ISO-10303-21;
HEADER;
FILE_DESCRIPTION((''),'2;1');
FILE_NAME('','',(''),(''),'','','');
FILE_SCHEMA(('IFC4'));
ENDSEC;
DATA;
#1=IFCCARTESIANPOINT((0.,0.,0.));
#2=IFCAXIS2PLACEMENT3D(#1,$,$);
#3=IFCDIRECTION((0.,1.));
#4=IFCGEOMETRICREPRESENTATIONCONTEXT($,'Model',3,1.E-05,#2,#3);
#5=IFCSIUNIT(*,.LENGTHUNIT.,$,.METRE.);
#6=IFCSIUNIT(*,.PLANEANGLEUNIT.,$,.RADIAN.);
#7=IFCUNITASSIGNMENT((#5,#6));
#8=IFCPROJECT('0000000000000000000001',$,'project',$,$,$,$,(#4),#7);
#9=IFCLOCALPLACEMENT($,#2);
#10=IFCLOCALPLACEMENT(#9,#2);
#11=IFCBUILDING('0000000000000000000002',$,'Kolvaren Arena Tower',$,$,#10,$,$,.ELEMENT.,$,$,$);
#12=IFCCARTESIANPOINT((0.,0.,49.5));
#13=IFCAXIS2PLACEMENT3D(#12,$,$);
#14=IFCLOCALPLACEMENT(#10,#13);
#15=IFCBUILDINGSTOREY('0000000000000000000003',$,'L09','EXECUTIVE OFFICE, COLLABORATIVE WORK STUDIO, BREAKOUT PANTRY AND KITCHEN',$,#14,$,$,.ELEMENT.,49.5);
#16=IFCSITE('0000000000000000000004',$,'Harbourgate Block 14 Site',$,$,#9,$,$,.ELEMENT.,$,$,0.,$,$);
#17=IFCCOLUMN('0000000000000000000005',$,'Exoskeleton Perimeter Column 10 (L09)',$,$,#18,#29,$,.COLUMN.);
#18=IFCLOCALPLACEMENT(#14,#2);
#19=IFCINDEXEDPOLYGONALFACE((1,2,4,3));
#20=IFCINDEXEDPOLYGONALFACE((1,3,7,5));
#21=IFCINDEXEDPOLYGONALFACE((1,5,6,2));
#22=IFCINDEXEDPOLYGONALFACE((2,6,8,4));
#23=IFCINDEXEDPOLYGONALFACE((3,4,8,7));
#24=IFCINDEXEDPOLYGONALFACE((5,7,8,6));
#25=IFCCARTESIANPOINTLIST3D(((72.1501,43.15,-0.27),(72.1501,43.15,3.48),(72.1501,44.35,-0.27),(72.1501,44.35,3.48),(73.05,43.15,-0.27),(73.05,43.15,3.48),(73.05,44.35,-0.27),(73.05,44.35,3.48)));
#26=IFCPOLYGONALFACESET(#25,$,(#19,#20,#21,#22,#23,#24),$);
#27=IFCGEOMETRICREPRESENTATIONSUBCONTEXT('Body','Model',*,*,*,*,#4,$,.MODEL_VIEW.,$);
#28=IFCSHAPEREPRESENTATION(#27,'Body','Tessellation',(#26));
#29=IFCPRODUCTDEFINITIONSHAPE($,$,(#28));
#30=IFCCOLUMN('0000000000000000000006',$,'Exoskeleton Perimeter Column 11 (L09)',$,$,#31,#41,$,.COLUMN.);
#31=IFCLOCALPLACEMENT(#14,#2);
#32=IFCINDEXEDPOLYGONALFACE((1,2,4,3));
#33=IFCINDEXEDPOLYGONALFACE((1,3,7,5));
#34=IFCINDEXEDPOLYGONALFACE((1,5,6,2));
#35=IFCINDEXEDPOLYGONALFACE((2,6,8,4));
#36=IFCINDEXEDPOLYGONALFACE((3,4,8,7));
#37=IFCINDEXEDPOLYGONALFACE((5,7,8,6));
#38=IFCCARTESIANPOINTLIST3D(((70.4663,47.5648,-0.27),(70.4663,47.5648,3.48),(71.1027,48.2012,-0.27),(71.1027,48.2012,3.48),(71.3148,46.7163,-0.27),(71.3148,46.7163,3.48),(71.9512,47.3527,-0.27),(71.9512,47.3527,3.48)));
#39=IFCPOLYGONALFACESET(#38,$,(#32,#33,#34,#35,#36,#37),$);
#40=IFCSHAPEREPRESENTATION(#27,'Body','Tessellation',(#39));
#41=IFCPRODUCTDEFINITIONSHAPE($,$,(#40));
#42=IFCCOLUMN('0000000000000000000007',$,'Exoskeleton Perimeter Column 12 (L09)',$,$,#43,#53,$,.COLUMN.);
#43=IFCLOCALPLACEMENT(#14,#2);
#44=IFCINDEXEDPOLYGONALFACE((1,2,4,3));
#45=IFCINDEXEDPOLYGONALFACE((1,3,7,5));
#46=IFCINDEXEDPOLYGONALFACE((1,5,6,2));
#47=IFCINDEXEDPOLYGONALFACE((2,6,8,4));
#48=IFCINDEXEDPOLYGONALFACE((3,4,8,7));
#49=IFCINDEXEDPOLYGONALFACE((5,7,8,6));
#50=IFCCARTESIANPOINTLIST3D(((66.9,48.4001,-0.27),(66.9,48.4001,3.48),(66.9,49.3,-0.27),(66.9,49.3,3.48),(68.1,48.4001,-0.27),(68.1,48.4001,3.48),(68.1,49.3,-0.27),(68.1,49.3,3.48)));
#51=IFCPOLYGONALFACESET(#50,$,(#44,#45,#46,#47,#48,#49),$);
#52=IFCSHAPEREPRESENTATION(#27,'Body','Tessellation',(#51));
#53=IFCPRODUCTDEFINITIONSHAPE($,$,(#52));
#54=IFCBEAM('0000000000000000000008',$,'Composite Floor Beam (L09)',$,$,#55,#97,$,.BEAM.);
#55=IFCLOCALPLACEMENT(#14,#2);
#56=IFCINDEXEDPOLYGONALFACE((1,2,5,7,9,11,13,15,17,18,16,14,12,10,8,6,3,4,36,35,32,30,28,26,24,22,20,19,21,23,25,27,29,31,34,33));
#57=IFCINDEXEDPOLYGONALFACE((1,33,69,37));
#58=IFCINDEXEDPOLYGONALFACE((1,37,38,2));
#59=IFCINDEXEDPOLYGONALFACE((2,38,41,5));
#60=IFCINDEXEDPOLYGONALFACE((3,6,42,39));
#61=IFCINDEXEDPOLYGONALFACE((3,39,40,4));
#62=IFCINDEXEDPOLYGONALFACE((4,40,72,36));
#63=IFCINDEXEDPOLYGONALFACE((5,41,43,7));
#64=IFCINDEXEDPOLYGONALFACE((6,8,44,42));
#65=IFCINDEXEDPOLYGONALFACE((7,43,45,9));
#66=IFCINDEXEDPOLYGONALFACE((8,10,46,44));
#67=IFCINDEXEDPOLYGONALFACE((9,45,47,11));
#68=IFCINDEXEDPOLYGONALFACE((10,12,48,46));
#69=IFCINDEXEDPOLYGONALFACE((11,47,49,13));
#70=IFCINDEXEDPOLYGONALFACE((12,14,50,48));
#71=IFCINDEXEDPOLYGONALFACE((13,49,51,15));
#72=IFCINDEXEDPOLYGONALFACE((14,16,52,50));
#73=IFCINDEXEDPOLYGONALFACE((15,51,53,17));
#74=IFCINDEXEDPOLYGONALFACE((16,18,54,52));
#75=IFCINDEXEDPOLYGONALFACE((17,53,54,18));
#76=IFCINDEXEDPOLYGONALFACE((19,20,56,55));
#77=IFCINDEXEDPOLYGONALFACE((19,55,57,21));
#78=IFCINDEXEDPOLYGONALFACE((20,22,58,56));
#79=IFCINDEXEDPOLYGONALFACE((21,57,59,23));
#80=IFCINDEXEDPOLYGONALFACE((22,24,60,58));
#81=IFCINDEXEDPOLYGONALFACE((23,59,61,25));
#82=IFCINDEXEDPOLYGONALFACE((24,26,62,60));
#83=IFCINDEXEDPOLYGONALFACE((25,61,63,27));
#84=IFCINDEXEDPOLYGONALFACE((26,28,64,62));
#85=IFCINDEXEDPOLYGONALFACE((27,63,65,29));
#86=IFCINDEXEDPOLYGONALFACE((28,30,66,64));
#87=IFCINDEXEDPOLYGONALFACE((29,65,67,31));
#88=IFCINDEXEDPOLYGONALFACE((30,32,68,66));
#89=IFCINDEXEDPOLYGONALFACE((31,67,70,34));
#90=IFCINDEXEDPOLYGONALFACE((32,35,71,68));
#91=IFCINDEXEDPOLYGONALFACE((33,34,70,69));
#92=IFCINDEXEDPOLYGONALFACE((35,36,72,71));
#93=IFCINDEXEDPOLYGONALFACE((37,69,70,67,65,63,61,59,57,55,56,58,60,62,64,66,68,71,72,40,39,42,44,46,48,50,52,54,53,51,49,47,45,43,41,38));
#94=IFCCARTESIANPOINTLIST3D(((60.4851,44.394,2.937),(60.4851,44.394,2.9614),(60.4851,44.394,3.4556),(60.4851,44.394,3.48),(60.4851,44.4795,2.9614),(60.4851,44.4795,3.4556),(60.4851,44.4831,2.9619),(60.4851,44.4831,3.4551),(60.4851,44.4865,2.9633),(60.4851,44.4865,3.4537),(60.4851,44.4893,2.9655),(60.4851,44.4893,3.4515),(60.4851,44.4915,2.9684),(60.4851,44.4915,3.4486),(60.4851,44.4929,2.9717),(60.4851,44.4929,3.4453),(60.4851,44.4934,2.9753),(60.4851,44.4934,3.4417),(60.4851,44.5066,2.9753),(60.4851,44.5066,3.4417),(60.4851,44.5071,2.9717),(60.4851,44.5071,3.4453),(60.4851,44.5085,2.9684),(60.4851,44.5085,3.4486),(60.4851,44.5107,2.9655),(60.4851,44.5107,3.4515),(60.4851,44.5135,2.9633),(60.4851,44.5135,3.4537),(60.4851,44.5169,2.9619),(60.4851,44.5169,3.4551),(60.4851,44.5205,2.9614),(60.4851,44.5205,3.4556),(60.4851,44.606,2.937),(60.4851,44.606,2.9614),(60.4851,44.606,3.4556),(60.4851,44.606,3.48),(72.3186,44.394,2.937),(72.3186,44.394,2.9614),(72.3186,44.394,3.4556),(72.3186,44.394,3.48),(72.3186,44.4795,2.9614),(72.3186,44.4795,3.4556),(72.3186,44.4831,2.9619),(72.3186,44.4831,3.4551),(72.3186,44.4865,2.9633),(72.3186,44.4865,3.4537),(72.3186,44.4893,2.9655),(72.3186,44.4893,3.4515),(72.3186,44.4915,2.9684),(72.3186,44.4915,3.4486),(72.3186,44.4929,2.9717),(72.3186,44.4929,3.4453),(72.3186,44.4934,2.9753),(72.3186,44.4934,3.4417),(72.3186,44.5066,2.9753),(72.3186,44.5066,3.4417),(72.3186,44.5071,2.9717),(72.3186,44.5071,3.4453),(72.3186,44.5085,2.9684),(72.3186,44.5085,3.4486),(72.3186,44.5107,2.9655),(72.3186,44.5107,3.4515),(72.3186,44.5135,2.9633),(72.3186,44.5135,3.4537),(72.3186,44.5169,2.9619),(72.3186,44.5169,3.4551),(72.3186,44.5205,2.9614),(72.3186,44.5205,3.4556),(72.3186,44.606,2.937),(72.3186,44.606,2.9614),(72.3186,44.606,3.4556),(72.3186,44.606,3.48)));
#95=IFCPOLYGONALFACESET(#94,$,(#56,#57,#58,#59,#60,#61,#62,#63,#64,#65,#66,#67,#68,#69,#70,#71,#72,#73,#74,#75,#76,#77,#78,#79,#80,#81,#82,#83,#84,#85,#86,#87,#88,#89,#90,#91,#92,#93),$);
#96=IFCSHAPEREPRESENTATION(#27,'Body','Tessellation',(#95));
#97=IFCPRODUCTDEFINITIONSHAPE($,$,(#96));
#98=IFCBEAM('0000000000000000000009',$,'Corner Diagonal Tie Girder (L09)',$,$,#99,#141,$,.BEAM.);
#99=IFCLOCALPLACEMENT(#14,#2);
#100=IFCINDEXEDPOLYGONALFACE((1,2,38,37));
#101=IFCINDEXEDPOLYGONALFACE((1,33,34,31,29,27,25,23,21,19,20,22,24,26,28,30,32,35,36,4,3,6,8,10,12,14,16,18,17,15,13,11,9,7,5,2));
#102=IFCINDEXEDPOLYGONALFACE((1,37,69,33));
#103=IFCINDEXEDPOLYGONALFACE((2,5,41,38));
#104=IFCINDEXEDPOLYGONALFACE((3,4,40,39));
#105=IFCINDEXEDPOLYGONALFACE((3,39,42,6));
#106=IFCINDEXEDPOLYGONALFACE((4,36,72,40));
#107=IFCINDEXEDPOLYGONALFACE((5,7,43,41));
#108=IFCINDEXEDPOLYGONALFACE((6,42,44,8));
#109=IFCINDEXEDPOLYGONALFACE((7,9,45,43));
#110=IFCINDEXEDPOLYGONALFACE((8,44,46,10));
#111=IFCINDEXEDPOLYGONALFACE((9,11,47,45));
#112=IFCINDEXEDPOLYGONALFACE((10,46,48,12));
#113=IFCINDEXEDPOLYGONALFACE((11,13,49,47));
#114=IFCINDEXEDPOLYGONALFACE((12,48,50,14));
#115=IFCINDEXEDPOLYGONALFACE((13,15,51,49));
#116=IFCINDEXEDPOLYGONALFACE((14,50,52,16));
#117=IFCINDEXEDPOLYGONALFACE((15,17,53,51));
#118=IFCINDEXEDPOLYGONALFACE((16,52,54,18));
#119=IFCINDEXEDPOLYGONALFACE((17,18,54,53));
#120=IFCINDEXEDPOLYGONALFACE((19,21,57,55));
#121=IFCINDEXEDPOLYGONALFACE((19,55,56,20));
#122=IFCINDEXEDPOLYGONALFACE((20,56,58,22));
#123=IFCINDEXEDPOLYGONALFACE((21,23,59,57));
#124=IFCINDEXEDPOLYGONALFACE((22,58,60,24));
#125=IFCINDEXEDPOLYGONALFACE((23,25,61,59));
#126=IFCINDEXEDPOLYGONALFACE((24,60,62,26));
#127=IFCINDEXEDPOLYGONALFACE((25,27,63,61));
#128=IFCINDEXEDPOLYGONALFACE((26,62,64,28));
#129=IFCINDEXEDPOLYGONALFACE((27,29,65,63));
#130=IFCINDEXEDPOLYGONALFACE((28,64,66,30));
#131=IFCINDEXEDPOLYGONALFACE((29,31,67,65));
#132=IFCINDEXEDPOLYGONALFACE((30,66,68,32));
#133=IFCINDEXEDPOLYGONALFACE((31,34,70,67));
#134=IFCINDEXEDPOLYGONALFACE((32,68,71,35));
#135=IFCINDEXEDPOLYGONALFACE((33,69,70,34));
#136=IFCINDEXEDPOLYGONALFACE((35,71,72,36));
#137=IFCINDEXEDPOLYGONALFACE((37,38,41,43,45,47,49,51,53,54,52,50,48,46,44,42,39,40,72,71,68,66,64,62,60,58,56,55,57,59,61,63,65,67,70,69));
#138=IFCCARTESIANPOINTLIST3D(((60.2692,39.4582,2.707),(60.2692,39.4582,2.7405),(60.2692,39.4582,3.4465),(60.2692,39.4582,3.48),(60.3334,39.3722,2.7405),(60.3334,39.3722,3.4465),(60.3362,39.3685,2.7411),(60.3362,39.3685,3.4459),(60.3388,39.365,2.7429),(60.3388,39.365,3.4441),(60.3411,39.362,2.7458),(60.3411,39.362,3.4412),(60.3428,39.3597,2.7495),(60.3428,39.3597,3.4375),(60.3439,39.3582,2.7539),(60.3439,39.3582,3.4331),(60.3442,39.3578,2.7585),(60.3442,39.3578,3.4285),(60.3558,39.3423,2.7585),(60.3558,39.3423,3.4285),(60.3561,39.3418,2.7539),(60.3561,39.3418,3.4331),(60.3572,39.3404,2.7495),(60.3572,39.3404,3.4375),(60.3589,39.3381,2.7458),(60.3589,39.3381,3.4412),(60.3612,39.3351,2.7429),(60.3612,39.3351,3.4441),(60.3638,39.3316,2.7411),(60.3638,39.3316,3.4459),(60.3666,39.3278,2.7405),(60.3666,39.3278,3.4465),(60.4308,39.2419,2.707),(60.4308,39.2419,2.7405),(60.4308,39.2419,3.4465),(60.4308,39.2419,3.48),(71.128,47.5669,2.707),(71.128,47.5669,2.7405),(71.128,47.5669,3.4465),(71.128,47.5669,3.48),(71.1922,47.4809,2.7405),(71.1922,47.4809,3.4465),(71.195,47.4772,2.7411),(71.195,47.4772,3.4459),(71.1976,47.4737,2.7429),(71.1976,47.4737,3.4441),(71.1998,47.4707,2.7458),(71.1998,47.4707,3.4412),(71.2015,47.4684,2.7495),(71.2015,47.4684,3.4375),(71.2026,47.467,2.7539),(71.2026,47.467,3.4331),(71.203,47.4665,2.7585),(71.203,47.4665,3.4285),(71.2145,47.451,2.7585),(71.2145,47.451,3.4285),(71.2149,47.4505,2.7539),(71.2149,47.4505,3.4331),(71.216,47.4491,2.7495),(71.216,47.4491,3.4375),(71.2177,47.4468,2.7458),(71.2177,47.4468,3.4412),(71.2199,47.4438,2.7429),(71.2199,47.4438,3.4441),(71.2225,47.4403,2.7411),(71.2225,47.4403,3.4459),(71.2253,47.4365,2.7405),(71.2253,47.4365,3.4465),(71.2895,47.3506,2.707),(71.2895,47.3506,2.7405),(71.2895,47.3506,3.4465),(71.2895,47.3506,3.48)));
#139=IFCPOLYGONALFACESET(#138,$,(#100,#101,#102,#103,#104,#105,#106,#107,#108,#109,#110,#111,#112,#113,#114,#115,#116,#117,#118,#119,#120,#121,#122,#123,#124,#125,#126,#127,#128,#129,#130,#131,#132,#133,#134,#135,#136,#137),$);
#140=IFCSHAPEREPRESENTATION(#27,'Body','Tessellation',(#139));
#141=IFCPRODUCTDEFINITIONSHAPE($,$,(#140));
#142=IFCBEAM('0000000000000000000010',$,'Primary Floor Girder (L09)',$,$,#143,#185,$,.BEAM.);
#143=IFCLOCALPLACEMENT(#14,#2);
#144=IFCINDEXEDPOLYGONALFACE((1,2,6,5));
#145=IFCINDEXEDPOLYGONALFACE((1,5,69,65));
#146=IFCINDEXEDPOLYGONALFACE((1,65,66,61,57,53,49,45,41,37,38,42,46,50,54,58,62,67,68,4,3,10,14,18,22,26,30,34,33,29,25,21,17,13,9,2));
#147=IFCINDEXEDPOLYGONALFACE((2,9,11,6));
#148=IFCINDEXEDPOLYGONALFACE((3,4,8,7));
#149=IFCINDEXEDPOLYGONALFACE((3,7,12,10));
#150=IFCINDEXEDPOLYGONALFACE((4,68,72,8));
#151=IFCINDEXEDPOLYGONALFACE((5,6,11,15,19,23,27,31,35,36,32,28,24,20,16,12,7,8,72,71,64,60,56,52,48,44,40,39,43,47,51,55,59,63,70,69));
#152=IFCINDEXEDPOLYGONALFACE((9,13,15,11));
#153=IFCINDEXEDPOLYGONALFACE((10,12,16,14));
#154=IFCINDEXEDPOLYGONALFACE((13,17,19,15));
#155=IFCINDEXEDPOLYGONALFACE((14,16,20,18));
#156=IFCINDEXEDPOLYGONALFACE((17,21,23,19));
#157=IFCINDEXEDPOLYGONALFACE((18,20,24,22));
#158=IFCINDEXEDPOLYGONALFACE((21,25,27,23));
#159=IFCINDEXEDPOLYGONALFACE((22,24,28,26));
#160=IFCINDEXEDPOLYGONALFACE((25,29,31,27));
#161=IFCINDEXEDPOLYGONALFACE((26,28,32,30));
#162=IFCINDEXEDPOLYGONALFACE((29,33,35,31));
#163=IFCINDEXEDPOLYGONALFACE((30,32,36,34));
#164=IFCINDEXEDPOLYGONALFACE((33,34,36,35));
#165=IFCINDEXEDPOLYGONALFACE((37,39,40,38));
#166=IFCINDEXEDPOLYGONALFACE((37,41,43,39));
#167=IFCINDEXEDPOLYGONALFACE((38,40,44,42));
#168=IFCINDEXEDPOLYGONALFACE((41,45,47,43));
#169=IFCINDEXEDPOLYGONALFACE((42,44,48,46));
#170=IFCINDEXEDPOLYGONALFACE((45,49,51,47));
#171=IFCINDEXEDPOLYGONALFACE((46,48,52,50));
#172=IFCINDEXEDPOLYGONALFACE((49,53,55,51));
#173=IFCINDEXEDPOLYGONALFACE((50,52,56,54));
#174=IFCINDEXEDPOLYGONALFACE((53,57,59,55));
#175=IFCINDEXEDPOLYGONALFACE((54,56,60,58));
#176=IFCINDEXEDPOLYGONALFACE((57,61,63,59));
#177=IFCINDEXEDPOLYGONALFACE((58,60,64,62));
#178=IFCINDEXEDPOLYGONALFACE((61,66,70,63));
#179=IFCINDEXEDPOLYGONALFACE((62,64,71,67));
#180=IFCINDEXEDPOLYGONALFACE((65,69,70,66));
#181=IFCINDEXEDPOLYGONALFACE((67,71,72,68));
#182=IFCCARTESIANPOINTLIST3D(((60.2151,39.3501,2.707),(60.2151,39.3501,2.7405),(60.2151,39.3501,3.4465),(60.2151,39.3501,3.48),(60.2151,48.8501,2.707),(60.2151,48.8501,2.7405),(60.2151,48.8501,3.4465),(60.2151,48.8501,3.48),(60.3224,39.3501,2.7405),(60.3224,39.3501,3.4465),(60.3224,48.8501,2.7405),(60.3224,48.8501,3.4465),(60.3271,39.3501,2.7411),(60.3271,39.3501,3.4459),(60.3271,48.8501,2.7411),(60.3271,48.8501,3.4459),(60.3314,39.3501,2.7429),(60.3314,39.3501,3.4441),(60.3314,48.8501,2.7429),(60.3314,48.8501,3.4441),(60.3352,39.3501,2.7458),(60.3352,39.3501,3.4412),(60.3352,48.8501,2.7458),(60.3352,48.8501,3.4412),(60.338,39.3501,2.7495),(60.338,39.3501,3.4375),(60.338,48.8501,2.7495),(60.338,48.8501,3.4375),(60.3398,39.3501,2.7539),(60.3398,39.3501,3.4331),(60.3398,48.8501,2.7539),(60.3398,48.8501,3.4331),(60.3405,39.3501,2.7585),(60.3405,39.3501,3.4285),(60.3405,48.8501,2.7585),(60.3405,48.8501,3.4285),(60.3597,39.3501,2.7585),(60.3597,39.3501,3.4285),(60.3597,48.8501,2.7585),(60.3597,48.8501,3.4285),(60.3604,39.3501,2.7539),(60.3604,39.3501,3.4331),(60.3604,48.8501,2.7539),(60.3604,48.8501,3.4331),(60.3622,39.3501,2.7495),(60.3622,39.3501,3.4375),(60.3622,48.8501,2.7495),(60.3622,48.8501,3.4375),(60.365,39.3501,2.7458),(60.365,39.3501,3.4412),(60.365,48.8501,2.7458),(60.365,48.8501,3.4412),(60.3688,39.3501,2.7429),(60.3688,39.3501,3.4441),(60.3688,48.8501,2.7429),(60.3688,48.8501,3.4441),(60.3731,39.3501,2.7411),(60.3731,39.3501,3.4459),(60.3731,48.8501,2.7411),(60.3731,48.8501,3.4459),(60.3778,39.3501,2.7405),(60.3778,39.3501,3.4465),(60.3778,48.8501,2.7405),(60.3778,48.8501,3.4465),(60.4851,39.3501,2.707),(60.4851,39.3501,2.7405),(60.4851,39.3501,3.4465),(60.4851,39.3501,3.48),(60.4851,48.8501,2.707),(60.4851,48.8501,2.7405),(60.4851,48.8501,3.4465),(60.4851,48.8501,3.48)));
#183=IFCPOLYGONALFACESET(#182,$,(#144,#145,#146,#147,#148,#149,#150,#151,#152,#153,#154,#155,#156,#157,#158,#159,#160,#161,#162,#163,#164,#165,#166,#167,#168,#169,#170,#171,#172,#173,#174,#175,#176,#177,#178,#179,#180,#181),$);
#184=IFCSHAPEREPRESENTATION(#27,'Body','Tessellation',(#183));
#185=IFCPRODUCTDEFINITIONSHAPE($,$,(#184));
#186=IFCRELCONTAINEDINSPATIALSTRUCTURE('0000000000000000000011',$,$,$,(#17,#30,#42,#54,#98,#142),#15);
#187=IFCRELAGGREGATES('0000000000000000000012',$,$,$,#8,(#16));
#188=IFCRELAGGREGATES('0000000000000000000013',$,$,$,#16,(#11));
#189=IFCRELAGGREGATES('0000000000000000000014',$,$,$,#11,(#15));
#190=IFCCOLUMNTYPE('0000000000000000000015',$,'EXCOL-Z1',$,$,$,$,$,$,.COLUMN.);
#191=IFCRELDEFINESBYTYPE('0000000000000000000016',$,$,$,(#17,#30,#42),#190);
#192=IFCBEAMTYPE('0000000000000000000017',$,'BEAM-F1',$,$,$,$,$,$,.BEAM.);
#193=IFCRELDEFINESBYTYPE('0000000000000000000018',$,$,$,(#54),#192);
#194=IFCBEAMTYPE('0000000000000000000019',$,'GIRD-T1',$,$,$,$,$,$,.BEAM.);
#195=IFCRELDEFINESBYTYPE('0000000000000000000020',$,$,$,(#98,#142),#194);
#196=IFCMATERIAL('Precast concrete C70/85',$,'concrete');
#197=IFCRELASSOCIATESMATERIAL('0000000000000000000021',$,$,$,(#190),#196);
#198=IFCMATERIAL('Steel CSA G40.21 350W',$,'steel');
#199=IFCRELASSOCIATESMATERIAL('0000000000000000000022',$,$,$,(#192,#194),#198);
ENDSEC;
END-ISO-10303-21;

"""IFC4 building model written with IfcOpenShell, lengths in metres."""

from ifc_helpers import new_model, si_unit, direction, frame, origin, origin_2d, place, context, subcontext, project, spatial, rectangle, i_section, extrude, material, material_profile, profile_set, type_object, element, save


model = new_model("IFC4")

# Units and contexts
model_context = context("Model", 3, precision=1e-05, world=origin(), true_north=direction((0.0, 1.0)))
body_context = subcontext(model_context, "Body", "Model", "MODEL_VIEW")
ifc_project = project(units=[si_unit("LENGTHUNIT", "METRE"), si_unit("PLANEANGLEUNIT", "RADIAN")], contexts=[model_context])

# Site, building, storey
site_placement = place(None, origin())
site = spatial("IfcSite", under=ifc_project, at=site_placement, Name="Harbourgate Block 14 Site", CompositionType="ELEMENT", RefElevation=0.0)
building_placement = place(site_placement, origin())
building = spatial("IfcBuilding", under=site, at=building_placement, Name="Kolvaren Arena Tower", CompositionType="ELEMENT")
storey_placement = place(building_placement, frame((0.0, 0.0, 49.5)))
storey = spatial("IfcBuildingStorey", under=building, at=storey_placement, Name="L09", Description="EXECUTIVE OFFICE, COLLABORATIVE WORK STUDIO, BREAKOUT PANTRY AND KITCHEN", CompositionType="ELEMENT", Elevation=49.5)

# Columns
ifc_material_1 = material(Name="Precast concrete C70/85", Category="concrete")
ifc_material_profile_1 = material_profile(ifc_material_1, rectangle(XDim=1.2, YDim=0.8999, at=origin_2d()), Name="RC-1200x900")
ifc_profile_set_1 = profile_set([ifc_material_profile_1], Name="Precast concrete C70/85")
column_type = type_object("IfcColumnType", Name="EXCOL-Z1", PredefinedType="COLUMN", material=ifc_profile_set_1)
for number, where, z_axis, x_axis, name in (
    (1, (72.6001, 43.75, -0.27), (0.0, 0.0, 1.0), (0.0, 1.0, 0.0), "Exoskeleton Perimeter Column 10 (L09)"),
    (2, (71.2087, 47.4587, -0.27), (0.0, 0.0, 1.0), (-0.707107, 0.707107, 0.0), "Exoskeleton Perimeter Column 11 (L09)"),
    (3, (67.5, 48.8501, -0.27), (0.0, 0.0, 1.0), (1.0, 0.0, 0.0), "Exoskeleton Perimeter Column 12 (L09)"),
):
    element("IfcColumn", number, at=place(storey_placement, frame(where, z_axis=z_axis, x_axis=x_axis)), inside=storey, type_object=column_type, Name=name, PredefinedType="COLUMN", context=body_context, shape_type="SweptSolid", body=[
        extrude(rectangle(XDim=1.2, YDim=0.8999, at=origin_2d()), origin(), (0.0, 0.0, 1.0), 3.75),
    ])

# Beams
ifc_material_2 = material(Name="Steel CSA G40.21 350W", Category="steel")
ifc_material_profile_2 = material_profile(ifc_material_2, i_section(OverallWidth=0.2119, OverallDepth=0.543, WebThickness=0.0132, FlangeThickness=0.0244, FilletRadius=0.0139, at=origin_2d()), Name="W530x150")
ifc_profile_set_2 = profile_set([ifc_material_profile_2], Name="Steel CSA G40.21 350W")
beam_type_1 = type_object("IfcBeamType", Name="BEAM-F1", PredefinedType="BEAM", material=ifc_profile_set_2)
beam_1_placement = place(storey_placement, frame((60.4851, 44.5, 3.2085), z_axis=(1.0, 0.0, 0.0), x_axis=(0.0, 1.0, 0.0)))
element("IfcBeam", 4, at=beam_1_placement, inside=storey, type_object=beam_type_1, Name="Composite Floor Beam (L09)", PredefinedType="BEAM", context=body_context, shape_type="SweptSolid", body=[
    extrude(i_section(OverallWidth=0.2119, OverallDepth=0.543, WebThickness=0.0132, FlangeThickness=0.0244, FilletRadius=0.0139, at=origin_2d()), origin(), (0.0, 0.0, 1.0), 11.8335),
])
ifc_material_profile_3 = material_profile(ifc_material_2, i_section(OverallWidth=0.27, OverallDepth=0.7729, WebThickness=0.0193, FlangeThickness=0.0334, FilletRadius=0.0181, at=origin_2d()), Name="W760x257")
ifc_profile_set_3 = profile_set([ifc_material_profile_3], Name="Steel CSA G40.21 350W")
beam_type_2 = type_object("IfcBeamType", Name="GIRD-T1", PredefinedType="BEAM", material=ifc_profile_set_3)
beam_2_placement = place(storey_placement, frame((71.2087, 47.4587, 3.0935), z_axis=(-0.80125, -0.59833, 0.0), x_axis=(0.59833, -0.80125, 0.0)))
element("IfcBeam", 5, at=beam_2_placement, inside=storey, type_object=beam_type_2, Name="Corner Diagonal Tie Girder (L09)", PredefinedType="BEAM", context=body_context, shape_type="SweptSolid", body=[
    extrude(i_section(OverallWidth=0.27, OverallDepth=0.7729, WebThickness=0.0193, FlangeThickness=0.0334, FilletRadius=0.0181, at=origin_2d()), origin(), (0.0, 0.0, 1.0), 13.5522),
])
beam_3_placement = place(storey_placement, frame((60.3501, 39.3501, 3.0935), z_axis=(0.0, 1.0, 0.0), x_axis=(-1.0, 0.0, 0.0)))
element("IfcBeam", 6, at=beam_3_placement, inside=storey, type_object=beam_type_2, Name="Primary Floor Girder (L09)", PredefinedType="BEAM", context=body_context, shape_type="SweptSolid", body=[
    extrude(i_section(OverallWidth=0.27, OverallDepth=0.7729, WebThickness=0.0193, FlangeThickness=0.0334, FilletRadius=0.0181, at=origin_2d()), origin(), (0.0, 0.0, 1.0), 9.5),
])

save(model, "model.ifc")
